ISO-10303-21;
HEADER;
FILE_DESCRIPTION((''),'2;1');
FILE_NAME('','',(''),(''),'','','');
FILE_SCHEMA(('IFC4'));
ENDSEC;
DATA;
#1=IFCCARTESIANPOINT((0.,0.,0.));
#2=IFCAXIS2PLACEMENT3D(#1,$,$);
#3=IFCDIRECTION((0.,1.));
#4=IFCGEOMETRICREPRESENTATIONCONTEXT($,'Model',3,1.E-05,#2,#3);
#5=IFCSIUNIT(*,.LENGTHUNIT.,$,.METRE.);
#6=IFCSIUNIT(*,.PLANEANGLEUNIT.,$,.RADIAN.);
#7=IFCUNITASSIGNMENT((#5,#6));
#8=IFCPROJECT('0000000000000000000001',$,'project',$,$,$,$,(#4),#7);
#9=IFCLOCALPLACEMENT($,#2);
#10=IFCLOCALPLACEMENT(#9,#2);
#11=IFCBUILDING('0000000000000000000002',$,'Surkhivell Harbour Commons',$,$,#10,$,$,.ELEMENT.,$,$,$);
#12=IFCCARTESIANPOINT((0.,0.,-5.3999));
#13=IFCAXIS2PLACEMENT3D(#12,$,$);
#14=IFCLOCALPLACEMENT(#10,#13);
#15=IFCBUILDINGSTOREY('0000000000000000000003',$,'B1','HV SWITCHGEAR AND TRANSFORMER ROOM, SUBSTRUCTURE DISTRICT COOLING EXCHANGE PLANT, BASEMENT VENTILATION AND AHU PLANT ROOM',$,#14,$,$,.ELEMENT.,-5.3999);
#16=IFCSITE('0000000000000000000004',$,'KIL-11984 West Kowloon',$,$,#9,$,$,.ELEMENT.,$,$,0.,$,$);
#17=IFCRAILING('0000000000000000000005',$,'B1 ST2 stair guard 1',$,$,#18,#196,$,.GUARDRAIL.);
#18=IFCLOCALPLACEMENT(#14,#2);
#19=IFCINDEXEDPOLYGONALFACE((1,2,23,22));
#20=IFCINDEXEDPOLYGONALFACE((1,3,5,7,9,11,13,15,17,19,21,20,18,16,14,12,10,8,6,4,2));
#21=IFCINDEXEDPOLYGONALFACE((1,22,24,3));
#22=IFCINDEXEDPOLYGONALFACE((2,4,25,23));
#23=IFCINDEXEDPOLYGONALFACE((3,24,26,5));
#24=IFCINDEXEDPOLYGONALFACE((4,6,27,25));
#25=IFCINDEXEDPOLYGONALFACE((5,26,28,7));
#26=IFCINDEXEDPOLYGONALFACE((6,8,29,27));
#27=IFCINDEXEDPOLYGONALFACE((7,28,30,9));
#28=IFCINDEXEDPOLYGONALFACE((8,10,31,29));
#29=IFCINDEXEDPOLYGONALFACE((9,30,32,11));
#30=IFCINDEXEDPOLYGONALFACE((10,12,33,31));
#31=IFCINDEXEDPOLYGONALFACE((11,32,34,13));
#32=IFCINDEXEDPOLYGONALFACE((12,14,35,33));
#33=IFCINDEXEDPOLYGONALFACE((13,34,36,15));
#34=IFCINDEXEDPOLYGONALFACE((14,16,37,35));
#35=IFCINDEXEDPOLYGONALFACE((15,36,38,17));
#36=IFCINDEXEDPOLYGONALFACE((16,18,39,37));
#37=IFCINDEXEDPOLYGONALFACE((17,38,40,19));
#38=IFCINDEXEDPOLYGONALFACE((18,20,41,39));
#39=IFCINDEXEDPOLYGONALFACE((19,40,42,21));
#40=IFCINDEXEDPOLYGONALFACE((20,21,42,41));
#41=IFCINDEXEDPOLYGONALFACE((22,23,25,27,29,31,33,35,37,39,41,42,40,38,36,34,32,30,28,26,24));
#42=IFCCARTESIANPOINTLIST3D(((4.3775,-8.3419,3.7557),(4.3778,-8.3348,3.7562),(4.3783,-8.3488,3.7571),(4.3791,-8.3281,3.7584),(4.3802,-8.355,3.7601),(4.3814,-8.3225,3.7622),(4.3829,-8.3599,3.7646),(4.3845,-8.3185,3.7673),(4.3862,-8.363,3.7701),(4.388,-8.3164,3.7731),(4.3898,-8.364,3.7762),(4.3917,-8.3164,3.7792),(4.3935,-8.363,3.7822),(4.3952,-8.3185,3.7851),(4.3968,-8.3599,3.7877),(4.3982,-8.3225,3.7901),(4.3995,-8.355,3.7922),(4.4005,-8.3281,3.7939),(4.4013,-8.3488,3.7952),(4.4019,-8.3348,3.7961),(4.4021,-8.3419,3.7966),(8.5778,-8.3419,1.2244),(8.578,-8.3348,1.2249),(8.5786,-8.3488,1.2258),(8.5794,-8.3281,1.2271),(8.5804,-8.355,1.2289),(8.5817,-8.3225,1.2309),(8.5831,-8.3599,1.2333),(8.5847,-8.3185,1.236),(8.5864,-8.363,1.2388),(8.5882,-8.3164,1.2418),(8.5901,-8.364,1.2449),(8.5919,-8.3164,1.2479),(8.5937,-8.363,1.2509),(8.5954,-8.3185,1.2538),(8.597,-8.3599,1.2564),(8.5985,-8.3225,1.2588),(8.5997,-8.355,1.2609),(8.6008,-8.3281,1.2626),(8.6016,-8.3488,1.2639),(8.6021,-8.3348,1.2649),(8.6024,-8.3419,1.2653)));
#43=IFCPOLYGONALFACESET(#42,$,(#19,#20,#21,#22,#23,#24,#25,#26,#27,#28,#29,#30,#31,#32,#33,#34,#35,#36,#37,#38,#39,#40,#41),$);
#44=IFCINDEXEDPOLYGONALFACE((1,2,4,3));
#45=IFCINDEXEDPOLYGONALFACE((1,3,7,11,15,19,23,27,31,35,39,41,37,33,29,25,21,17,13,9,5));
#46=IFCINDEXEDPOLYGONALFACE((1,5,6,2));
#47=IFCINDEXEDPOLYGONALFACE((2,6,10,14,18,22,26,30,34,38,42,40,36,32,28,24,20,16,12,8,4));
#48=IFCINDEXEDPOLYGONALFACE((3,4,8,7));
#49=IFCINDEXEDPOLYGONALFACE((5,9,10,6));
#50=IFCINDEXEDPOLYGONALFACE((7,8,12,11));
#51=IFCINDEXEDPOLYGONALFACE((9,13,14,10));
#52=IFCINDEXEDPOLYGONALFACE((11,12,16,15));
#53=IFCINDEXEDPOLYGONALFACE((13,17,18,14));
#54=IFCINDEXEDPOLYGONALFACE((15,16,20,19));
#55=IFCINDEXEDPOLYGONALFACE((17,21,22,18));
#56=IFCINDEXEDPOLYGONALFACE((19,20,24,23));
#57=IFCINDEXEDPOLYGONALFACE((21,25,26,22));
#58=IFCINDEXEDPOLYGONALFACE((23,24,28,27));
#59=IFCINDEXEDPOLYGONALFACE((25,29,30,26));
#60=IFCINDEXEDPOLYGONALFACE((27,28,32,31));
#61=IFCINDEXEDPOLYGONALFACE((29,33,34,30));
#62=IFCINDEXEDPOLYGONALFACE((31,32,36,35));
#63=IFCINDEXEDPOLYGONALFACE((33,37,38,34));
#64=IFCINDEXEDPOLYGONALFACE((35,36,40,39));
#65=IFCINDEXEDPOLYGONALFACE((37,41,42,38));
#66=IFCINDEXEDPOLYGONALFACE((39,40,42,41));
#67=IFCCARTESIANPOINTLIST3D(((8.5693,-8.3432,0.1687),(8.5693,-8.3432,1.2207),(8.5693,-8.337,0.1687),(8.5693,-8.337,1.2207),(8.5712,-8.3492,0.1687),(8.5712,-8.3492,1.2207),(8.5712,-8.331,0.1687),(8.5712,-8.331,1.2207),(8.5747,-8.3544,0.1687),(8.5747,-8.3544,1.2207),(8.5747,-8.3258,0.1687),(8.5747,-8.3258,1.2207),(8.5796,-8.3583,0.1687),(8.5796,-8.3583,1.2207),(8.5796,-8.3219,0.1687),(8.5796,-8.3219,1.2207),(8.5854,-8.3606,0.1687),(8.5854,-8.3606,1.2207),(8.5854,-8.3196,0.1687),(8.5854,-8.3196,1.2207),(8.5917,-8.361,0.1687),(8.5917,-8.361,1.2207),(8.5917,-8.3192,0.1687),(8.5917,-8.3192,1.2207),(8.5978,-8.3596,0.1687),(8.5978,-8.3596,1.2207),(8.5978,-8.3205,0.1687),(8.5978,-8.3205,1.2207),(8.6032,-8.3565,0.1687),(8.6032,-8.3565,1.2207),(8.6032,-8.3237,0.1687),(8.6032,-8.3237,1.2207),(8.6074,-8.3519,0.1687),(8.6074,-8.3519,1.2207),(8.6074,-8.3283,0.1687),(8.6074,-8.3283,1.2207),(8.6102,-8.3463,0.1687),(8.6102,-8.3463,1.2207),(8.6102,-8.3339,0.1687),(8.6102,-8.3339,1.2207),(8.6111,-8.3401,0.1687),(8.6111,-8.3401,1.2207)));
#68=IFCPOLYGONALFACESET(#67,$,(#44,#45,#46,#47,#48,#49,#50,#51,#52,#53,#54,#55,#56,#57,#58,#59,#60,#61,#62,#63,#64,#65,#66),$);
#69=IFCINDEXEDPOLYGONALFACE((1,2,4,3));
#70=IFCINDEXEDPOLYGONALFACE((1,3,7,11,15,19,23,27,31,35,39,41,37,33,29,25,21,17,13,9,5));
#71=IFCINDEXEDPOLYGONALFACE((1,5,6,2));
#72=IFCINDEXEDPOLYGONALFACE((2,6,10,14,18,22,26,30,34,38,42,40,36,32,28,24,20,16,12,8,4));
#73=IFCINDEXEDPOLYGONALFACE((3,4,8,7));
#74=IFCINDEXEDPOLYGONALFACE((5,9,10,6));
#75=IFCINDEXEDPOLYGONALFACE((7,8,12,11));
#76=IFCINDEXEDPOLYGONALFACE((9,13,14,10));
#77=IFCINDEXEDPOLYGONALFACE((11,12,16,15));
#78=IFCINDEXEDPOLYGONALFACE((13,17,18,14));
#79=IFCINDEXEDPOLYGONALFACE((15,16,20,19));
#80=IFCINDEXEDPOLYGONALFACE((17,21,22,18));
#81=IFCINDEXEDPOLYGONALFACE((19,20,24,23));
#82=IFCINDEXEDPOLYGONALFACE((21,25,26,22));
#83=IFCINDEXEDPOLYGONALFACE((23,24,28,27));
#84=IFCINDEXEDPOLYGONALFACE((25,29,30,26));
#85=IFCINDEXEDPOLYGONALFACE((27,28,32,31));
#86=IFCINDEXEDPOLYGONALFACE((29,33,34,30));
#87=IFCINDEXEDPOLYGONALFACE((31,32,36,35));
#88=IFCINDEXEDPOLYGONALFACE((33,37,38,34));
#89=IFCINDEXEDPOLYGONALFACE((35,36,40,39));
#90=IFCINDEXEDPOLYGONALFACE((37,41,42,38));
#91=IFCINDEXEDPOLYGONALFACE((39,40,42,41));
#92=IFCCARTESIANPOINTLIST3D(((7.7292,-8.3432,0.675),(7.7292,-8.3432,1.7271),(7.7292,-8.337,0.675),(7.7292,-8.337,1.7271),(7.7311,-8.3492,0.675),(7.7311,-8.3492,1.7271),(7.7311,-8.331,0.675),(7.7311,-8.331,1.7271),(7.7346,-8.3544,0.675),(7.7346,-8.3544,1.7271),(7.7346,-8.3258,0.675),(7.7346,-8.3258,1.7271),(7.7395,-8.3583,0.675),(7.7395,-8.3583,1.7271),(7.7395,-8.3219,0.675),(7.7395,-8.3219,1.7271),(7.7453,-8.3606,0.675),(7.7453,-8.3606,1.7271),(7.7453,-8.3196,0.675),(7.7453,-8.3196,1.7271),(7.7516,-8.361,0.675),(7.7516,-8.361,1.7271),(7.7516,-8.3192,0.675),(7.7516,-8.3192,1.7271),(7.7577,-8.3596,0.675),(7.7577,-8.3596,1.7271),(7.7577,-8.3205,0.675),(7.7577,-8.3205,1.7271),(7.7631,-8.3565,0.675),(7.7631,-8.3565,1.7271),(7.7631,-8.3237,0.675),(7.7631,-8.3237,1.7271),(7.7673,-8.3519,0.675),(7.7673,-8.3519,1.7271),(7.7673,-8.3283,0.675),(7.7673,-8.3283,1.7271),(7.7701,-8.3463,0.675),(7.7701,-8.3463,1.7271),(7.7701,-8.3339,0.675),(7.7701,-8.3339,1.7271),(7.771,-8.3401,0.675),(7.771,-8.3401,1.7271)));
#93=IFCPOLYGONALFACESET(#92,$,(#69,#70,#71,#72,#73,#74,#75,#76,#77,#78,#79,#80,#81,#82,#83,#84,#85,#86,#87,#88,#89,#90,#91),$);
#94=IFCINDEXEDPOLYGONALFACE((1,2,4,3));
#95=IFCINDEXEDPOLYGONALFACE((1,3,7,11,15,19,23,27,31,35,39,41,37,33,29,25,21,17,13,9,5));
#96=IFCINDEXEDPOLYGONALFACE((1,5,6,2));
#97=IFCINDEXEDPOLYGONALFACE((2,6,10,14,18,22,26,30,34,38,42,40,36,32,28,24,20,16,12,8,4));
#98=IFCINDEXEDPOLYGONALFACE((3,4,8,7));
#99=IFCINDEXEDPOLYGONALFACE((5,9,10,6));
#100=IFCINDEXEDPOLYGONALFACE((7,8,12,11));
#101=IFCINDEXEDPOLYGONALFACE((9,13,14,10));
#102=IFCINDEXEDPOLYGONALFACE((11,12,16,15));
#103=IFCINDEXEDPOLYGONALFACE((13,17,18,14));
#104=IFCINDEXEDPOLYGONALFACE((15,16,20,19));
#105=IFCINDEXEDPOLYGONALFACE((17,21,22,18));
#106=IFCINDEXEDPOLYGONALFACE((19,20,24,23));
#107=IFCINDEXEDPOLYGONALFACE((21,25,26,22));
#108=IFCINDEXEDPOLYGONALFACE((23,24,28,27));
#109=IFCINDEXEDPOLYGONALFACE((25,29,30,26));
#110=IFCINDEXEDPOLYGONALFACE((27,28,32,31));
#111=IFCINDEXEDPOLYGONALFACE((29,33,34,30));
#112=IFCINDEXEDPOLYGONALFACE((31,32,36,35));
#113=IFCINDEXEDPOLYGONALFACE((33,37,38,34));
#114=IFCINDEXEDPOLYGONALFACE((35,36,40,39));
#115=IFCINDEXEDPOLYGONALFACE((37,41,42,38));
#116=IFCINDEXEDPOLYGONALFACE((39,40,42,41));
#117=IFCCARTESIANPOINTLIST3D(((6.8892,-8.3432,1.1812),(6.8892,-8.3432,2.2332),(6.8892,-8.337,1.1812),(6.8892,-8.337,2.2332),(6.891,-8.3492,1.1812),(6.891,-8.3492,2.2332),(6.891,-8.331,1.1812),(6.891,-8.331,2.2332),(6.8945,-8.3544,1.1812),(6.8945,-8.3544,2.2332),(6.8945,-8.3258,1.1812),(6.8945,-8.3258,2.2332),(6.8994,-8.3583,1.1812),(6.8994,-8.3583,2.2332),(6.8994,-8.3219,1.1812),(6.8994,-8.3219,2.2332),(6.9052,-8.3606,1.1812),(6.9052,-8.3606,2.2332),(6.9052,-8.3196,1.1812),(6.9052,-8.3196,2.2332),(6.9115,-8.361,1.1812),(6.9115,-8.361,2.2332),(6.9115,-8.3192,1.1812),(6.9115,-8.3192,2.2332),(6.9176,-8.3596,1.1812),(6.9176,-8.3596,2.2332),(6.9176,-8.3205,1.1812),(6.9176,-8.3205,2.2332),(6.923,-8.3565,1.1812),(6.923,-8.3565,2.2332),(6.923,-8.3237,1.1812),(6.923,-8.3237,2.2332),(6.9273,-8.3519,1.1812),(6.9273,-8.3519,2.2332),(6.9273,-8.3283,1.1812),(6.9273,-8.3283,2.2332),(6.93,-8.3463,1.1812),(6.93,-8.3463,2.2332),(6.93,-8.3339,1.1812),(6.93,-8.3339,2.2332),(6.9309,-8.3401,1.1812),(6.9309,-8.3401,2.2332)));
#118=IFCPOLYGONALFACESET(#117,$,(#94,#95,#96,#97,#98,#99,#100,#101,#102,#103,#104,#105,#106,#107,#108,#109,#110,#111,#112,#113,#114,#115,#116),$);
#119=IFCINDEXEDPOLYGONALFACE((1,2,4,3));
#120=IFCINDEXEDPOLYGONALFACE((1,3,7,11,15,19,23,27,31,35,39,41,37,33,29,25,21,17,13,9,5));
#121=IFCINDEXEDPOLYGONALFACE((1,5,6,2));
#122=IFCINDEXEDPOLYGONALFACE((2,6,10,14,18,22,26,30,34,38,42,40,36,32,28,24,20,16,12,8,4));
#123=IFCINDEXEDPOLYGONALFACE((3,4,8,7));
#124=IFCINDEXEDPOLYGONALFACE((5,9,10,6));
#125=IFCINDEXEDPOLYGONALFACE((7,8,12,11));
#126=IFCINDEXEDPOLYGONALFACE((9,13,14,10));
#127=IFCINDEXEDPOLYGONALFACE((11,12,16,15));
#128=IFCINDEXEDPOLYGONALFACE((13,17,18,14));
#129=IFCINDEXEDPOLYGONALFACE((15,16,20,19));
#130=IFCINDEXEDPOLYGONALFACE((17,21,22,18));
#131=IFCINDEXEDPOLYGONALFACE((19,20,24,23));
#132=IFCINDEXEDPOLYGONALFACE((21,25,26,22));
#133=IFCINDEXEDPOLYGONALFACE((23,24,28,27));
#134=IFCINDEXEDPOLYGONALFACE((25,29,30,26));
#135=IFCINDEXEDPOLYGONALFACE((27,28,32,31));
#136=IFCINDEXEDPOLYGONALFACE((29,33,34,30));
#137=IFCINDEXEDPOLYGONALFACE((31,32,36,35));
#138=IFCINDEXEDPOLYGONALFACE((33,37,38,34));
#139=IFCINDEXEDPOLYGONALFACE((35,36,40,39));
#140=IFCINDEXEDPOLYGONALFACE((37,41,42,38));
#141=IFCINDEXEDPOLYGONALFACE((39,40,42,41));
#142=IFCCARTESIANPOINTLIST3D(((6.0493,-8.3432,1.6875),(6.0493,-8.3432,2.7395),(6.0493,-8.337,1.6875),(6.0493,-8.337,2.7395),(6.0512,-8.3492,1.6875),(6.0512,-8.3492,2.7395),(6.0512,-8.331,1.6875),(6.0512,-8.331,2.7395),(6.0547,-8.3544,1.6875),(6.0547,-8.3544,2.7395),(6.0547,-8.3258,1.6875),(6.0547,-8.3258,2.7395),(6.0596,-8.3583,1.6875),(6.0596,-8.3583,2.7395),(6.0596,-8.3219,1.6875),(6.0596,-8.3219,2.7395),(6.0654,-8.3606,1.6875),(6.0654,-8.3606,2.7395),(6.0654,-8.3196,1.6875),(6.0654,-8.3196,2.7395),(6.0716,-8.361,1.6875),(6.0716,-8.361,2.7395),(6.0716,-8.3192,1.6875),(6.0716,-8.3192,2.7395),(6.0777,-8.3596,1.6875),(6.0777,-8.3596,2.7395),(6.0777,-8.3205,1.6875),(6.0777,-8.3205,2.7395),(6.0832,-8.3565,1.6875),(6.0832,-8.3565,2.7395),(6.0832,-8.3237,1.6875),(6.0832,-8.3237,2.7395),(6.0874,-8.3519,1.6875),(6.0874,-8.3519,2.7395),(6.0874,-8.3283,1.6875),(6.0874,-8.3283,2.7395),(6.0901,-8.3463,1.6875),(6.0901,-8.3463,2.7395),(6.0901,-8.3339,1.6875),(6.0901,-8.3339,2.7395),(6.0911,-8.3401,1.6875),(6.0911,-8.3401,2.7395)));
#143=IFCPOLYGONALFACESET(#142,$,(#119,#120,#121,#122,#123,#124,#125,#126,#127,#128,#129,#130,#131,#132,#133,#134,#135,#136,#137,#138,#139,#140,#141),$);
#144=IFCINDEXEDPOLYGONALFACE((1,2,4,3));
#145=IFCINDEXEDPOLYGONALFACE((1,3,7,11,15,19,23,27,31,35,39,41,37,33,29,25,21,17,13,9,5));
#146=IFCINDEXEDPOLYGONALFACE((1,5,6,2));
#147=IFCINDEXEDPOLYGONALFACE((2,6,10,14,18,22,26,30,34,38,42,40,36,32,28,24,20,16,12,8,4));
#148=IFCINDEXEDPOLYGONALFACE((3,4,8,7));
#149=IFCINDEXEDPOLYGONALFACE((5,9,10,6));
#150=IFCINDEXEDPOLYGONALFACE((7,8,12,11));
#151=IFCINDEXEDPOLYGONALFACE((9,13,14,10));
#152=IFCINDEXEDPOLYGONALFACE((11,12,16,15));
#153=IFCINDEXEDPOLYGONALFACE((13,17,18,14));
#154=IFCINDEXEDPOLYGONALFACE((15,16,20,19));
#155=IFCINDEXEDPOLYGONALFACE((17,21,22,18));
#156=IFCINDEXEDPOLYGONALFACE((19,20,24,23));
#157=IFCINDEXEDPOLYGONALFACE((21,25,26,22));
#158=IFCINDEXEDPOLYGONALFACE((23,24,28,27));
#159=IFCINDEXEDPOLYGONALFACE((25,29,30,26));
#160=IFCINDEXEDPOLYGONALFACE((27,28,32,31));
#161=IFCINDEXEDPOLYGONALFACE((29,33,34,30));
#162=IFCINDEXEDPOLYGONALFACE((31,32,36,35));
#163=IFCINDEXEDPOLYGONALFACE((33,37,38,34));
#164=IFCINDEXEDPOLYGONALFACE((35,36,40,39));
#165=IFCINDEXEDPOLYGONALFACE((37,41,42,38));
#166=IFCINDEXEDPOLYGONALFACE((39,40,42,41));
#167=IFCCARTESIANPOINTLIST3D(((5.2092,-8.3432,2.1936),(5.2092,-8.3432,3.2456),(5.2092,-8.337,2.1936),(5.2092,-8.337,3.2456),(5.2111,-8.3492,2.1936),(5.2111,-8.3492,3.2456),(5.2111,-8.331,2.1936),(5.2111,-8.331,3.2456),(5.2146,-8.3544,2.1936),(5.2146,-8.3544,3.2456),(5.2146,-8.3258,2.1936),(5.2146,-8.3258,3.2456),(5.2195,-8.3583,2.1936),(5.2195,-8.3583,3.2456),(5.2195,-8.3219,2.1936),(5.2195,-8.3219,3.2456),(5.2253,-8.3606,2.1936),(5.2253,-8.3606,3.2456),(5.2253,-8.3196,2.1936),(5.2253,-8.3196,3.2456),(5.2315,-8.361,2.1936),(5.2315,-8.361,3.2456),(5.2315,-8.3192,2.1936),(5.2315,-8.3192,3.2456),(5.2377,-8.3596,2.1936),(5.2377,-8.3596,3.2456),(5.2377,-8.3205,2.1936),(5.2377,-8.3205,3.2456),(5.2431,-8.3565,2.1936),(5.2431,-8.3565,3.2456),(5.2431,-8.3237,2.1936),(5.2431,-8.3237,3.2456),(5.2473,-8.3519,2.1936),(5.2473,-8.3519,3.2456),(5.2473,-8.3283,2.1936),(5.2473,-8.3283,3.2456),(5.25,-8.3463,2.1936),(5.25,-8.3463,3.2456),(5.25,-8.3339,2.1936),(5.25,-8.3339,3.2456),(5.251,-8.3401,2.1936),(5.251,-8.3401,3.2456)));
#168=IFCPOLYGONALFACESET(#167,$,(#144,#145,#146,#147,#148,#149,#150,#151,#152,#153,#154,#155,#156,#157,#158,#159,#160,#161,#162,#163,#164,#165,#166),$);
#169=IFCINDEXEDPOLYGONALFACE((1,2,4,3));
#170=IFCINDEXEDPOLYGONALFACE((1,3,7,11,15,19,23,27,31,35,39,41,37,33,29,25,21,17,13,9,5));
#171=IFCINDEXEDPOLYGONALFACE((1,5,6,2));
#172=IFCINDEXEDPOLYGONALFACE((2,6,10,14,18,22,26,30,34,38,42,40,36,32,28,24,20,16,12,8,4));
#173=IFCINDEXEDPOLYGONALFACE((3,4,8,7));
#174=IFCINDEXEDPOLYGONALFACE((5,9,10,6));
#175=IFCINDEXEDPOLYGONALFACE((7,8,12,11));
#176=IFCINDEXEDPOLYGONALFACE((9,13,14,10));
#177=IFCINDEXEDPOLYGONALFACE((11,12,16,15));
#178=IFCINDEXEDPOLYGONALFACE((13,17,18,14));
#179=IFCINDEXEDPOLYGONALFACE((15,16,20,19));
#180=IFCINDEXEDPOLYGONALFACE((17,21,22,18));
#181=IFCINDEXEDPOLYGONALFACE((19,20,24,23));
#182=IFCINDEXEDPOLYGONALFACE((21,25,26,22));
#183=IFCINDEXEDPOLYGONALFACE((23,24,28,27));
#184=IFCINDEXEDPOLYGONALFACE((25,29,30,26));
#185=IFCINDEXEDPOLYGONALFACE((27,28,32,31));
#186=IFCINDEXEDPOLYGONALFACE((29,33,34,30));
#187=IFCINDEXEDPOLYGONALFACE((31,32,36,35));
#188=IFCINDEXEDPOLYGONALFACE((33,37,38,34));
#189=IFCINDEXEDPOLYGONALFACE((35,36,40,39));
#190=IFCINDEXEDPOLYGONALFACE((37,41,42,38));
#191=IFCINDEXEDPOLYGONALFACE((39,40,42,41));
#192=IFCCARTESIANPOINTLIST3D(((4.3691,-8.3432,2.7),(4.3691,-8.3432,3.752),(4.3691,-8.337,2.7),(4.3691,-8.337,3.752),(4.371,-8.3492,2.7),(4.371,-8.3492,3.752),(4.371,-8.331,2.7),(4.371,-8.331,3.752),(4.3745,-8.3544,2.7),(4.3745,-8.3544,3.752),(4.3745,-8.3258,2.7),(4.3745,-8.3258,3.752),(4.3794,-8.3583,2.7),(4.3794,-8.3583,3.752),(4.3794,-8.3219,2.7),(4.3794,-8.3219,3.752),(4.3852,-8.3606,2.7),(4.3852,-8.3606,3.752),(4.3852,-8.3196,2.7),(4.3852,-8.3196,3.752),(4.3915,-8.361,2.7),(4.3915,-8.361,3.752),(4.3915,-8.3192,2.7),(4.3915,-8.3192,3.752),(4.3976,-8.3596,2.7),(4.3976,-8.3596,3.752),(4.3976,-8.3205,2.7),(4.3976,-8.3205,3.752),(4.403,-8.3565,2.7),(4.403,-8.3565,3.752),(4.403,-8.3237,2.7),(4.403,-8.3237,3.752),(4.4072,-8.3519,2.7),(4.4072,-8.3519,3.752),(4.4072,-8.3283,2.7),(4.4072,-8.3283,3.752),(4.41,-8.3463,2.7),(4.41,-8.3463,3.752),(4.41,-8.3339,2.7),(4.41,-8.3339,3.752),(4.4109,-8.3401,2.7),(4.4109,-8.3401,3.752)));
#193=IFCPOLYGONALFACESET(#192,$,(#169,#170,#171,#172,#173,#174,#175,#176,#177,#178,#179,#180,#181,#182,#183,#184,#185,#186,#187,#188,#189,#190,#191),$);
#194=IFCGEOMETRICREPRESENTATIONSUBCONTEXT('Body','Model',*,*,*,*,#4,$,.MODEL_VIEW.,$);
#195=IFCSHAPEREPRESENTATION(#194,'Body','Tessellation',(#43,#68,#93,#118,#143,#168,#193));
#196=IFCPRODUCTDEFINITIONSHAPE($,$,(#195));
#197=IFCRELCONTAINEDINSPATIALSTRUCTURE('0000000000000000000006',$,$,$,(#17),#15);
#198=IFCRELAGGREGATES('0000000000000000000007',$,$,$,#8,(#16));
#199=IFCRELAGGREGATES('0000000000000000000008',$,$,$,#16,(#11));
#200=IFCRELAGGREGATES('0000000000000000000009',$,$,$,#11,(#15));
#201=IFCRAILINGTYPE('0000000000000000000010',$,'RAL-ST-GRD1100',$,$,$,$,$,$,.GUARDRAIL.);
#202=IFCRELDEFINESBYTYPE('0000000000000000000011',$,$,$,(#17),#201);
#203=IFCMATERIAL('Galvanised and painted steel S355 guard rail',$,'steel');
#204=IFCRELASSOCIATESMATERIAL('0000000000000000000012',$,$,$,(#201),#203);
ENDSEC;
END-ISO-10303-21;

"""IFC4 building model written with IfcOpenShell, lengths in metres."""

from ifc_helpers import new_model, si_unit, direction, frame, origin, origin_2d, place, context, subcontext, project, spatial, circle, extrude, material, type_object, element, save


model = new_model("IFC4")

# Units and contexts
model_context = context("Model", 3, precision=1e-05, world=origin(), true_north=direction((0.0, 1.0)))
body_context = subcontext(model_context, "Body", "Model", "MODEL_VIEW")
ifc_project = project(units=[si_unit("LENGTHUNIT", "METRE"), si_unit("PLANEANGLEUNIT", "RADIAN")], contexts=[model_context])

# Site, building, storey
site_placement = place(None, origin())
site = spatial("IfcSite", under=ifc_project, at=site_placement, Name="KIL-11984 West Kowloon", CompositionType="ELEMENT", RefElevation=0.0)
building_placement = place(site_placement, origin())
building = spatial("IfcBuilding", under=site, at=building_placement, Name="Surkhivell Harbour Commons", CompositionType="ELEMENT")
storey_placement = place(building_placement, frame((0.0, 0.0, -5.3999)))
storey = spatial("IfcBuildingStorey", under=building, at=storey_placement, Name="B1", Description="HV SWITCHGEAR AND TRANSFORMER ROOM, SUBSTRUCTURE DISTRICT COOLING EXCHANGE PLANT, BASEMENT VENTILATION AND AHU PLANT ROOM", CompositionType="ELEMENT", Elevation=-5.3999)

# Railing
ifc_material_1 = material(Name="Galvanised and painted steel S355 guard rail", Category="steel")
railing_type_1 = type_object("IfcRailingType", Name="RAL-ST-GRD1100", PredefinedType="GUARDRAIL", material=ifc_material_1)
railing_1_placement = place(storey_placement, frame((8.5901, -8.3401, 0.1687)))
element("IfcRailing", 1, at=railing_1_placement, inside=storey, type_object=railing_type_1, Name="B1 ST2 stair guard 1", PredefinedType="GUARDRAIL", context=body_context, shape_type="SweptSolid", body=[
    extrude(circle(Radius=0.0239, at=origin_2d()), frame((0.0, 0.0, 1.0762), z_axis=(-0.85649, 0.0, 0.516164), x_axis=(0.0, -1.0, 0.0)), (0.0, 0.0, 1.0), 4.9041),
    extrude(circle(Radius=0.021, at=origin_2d()), origin(), (0.0, 0.0, 1.0), 1.052),
    extrude(circle(Radius=0.021, at=origin_2d()), frame((-0.8401, 0.0, 0.5063)), (0.0, 0.0, 1.0), 1.052),
    extrude(circle(Radius=0.021, at=origin_2d()), frame((-1.6802, 0.0, 1.0125)), (0.0, 0.0, 1.0), 1.052),
    extrude(circle(Radius=0.021, at=origin_2d()), frame((-2.52, 0.0, 1.5188)), (0.0, 0.0, 1.0), 1.052),
    extrude(circle(Radius=0.021, at=origin_2d()), frame((-3.3601, 0.0, 2.0249)), (0.0, 0.0, 1.0), 1.052),
    extrude(circle(Radius=0.021, at=origin_2d()), frame((-4.2002, 0.0, 2.5312)), (0.0, 0.0, 1.0), 1.052),
])

save(model, "model.ifc")
